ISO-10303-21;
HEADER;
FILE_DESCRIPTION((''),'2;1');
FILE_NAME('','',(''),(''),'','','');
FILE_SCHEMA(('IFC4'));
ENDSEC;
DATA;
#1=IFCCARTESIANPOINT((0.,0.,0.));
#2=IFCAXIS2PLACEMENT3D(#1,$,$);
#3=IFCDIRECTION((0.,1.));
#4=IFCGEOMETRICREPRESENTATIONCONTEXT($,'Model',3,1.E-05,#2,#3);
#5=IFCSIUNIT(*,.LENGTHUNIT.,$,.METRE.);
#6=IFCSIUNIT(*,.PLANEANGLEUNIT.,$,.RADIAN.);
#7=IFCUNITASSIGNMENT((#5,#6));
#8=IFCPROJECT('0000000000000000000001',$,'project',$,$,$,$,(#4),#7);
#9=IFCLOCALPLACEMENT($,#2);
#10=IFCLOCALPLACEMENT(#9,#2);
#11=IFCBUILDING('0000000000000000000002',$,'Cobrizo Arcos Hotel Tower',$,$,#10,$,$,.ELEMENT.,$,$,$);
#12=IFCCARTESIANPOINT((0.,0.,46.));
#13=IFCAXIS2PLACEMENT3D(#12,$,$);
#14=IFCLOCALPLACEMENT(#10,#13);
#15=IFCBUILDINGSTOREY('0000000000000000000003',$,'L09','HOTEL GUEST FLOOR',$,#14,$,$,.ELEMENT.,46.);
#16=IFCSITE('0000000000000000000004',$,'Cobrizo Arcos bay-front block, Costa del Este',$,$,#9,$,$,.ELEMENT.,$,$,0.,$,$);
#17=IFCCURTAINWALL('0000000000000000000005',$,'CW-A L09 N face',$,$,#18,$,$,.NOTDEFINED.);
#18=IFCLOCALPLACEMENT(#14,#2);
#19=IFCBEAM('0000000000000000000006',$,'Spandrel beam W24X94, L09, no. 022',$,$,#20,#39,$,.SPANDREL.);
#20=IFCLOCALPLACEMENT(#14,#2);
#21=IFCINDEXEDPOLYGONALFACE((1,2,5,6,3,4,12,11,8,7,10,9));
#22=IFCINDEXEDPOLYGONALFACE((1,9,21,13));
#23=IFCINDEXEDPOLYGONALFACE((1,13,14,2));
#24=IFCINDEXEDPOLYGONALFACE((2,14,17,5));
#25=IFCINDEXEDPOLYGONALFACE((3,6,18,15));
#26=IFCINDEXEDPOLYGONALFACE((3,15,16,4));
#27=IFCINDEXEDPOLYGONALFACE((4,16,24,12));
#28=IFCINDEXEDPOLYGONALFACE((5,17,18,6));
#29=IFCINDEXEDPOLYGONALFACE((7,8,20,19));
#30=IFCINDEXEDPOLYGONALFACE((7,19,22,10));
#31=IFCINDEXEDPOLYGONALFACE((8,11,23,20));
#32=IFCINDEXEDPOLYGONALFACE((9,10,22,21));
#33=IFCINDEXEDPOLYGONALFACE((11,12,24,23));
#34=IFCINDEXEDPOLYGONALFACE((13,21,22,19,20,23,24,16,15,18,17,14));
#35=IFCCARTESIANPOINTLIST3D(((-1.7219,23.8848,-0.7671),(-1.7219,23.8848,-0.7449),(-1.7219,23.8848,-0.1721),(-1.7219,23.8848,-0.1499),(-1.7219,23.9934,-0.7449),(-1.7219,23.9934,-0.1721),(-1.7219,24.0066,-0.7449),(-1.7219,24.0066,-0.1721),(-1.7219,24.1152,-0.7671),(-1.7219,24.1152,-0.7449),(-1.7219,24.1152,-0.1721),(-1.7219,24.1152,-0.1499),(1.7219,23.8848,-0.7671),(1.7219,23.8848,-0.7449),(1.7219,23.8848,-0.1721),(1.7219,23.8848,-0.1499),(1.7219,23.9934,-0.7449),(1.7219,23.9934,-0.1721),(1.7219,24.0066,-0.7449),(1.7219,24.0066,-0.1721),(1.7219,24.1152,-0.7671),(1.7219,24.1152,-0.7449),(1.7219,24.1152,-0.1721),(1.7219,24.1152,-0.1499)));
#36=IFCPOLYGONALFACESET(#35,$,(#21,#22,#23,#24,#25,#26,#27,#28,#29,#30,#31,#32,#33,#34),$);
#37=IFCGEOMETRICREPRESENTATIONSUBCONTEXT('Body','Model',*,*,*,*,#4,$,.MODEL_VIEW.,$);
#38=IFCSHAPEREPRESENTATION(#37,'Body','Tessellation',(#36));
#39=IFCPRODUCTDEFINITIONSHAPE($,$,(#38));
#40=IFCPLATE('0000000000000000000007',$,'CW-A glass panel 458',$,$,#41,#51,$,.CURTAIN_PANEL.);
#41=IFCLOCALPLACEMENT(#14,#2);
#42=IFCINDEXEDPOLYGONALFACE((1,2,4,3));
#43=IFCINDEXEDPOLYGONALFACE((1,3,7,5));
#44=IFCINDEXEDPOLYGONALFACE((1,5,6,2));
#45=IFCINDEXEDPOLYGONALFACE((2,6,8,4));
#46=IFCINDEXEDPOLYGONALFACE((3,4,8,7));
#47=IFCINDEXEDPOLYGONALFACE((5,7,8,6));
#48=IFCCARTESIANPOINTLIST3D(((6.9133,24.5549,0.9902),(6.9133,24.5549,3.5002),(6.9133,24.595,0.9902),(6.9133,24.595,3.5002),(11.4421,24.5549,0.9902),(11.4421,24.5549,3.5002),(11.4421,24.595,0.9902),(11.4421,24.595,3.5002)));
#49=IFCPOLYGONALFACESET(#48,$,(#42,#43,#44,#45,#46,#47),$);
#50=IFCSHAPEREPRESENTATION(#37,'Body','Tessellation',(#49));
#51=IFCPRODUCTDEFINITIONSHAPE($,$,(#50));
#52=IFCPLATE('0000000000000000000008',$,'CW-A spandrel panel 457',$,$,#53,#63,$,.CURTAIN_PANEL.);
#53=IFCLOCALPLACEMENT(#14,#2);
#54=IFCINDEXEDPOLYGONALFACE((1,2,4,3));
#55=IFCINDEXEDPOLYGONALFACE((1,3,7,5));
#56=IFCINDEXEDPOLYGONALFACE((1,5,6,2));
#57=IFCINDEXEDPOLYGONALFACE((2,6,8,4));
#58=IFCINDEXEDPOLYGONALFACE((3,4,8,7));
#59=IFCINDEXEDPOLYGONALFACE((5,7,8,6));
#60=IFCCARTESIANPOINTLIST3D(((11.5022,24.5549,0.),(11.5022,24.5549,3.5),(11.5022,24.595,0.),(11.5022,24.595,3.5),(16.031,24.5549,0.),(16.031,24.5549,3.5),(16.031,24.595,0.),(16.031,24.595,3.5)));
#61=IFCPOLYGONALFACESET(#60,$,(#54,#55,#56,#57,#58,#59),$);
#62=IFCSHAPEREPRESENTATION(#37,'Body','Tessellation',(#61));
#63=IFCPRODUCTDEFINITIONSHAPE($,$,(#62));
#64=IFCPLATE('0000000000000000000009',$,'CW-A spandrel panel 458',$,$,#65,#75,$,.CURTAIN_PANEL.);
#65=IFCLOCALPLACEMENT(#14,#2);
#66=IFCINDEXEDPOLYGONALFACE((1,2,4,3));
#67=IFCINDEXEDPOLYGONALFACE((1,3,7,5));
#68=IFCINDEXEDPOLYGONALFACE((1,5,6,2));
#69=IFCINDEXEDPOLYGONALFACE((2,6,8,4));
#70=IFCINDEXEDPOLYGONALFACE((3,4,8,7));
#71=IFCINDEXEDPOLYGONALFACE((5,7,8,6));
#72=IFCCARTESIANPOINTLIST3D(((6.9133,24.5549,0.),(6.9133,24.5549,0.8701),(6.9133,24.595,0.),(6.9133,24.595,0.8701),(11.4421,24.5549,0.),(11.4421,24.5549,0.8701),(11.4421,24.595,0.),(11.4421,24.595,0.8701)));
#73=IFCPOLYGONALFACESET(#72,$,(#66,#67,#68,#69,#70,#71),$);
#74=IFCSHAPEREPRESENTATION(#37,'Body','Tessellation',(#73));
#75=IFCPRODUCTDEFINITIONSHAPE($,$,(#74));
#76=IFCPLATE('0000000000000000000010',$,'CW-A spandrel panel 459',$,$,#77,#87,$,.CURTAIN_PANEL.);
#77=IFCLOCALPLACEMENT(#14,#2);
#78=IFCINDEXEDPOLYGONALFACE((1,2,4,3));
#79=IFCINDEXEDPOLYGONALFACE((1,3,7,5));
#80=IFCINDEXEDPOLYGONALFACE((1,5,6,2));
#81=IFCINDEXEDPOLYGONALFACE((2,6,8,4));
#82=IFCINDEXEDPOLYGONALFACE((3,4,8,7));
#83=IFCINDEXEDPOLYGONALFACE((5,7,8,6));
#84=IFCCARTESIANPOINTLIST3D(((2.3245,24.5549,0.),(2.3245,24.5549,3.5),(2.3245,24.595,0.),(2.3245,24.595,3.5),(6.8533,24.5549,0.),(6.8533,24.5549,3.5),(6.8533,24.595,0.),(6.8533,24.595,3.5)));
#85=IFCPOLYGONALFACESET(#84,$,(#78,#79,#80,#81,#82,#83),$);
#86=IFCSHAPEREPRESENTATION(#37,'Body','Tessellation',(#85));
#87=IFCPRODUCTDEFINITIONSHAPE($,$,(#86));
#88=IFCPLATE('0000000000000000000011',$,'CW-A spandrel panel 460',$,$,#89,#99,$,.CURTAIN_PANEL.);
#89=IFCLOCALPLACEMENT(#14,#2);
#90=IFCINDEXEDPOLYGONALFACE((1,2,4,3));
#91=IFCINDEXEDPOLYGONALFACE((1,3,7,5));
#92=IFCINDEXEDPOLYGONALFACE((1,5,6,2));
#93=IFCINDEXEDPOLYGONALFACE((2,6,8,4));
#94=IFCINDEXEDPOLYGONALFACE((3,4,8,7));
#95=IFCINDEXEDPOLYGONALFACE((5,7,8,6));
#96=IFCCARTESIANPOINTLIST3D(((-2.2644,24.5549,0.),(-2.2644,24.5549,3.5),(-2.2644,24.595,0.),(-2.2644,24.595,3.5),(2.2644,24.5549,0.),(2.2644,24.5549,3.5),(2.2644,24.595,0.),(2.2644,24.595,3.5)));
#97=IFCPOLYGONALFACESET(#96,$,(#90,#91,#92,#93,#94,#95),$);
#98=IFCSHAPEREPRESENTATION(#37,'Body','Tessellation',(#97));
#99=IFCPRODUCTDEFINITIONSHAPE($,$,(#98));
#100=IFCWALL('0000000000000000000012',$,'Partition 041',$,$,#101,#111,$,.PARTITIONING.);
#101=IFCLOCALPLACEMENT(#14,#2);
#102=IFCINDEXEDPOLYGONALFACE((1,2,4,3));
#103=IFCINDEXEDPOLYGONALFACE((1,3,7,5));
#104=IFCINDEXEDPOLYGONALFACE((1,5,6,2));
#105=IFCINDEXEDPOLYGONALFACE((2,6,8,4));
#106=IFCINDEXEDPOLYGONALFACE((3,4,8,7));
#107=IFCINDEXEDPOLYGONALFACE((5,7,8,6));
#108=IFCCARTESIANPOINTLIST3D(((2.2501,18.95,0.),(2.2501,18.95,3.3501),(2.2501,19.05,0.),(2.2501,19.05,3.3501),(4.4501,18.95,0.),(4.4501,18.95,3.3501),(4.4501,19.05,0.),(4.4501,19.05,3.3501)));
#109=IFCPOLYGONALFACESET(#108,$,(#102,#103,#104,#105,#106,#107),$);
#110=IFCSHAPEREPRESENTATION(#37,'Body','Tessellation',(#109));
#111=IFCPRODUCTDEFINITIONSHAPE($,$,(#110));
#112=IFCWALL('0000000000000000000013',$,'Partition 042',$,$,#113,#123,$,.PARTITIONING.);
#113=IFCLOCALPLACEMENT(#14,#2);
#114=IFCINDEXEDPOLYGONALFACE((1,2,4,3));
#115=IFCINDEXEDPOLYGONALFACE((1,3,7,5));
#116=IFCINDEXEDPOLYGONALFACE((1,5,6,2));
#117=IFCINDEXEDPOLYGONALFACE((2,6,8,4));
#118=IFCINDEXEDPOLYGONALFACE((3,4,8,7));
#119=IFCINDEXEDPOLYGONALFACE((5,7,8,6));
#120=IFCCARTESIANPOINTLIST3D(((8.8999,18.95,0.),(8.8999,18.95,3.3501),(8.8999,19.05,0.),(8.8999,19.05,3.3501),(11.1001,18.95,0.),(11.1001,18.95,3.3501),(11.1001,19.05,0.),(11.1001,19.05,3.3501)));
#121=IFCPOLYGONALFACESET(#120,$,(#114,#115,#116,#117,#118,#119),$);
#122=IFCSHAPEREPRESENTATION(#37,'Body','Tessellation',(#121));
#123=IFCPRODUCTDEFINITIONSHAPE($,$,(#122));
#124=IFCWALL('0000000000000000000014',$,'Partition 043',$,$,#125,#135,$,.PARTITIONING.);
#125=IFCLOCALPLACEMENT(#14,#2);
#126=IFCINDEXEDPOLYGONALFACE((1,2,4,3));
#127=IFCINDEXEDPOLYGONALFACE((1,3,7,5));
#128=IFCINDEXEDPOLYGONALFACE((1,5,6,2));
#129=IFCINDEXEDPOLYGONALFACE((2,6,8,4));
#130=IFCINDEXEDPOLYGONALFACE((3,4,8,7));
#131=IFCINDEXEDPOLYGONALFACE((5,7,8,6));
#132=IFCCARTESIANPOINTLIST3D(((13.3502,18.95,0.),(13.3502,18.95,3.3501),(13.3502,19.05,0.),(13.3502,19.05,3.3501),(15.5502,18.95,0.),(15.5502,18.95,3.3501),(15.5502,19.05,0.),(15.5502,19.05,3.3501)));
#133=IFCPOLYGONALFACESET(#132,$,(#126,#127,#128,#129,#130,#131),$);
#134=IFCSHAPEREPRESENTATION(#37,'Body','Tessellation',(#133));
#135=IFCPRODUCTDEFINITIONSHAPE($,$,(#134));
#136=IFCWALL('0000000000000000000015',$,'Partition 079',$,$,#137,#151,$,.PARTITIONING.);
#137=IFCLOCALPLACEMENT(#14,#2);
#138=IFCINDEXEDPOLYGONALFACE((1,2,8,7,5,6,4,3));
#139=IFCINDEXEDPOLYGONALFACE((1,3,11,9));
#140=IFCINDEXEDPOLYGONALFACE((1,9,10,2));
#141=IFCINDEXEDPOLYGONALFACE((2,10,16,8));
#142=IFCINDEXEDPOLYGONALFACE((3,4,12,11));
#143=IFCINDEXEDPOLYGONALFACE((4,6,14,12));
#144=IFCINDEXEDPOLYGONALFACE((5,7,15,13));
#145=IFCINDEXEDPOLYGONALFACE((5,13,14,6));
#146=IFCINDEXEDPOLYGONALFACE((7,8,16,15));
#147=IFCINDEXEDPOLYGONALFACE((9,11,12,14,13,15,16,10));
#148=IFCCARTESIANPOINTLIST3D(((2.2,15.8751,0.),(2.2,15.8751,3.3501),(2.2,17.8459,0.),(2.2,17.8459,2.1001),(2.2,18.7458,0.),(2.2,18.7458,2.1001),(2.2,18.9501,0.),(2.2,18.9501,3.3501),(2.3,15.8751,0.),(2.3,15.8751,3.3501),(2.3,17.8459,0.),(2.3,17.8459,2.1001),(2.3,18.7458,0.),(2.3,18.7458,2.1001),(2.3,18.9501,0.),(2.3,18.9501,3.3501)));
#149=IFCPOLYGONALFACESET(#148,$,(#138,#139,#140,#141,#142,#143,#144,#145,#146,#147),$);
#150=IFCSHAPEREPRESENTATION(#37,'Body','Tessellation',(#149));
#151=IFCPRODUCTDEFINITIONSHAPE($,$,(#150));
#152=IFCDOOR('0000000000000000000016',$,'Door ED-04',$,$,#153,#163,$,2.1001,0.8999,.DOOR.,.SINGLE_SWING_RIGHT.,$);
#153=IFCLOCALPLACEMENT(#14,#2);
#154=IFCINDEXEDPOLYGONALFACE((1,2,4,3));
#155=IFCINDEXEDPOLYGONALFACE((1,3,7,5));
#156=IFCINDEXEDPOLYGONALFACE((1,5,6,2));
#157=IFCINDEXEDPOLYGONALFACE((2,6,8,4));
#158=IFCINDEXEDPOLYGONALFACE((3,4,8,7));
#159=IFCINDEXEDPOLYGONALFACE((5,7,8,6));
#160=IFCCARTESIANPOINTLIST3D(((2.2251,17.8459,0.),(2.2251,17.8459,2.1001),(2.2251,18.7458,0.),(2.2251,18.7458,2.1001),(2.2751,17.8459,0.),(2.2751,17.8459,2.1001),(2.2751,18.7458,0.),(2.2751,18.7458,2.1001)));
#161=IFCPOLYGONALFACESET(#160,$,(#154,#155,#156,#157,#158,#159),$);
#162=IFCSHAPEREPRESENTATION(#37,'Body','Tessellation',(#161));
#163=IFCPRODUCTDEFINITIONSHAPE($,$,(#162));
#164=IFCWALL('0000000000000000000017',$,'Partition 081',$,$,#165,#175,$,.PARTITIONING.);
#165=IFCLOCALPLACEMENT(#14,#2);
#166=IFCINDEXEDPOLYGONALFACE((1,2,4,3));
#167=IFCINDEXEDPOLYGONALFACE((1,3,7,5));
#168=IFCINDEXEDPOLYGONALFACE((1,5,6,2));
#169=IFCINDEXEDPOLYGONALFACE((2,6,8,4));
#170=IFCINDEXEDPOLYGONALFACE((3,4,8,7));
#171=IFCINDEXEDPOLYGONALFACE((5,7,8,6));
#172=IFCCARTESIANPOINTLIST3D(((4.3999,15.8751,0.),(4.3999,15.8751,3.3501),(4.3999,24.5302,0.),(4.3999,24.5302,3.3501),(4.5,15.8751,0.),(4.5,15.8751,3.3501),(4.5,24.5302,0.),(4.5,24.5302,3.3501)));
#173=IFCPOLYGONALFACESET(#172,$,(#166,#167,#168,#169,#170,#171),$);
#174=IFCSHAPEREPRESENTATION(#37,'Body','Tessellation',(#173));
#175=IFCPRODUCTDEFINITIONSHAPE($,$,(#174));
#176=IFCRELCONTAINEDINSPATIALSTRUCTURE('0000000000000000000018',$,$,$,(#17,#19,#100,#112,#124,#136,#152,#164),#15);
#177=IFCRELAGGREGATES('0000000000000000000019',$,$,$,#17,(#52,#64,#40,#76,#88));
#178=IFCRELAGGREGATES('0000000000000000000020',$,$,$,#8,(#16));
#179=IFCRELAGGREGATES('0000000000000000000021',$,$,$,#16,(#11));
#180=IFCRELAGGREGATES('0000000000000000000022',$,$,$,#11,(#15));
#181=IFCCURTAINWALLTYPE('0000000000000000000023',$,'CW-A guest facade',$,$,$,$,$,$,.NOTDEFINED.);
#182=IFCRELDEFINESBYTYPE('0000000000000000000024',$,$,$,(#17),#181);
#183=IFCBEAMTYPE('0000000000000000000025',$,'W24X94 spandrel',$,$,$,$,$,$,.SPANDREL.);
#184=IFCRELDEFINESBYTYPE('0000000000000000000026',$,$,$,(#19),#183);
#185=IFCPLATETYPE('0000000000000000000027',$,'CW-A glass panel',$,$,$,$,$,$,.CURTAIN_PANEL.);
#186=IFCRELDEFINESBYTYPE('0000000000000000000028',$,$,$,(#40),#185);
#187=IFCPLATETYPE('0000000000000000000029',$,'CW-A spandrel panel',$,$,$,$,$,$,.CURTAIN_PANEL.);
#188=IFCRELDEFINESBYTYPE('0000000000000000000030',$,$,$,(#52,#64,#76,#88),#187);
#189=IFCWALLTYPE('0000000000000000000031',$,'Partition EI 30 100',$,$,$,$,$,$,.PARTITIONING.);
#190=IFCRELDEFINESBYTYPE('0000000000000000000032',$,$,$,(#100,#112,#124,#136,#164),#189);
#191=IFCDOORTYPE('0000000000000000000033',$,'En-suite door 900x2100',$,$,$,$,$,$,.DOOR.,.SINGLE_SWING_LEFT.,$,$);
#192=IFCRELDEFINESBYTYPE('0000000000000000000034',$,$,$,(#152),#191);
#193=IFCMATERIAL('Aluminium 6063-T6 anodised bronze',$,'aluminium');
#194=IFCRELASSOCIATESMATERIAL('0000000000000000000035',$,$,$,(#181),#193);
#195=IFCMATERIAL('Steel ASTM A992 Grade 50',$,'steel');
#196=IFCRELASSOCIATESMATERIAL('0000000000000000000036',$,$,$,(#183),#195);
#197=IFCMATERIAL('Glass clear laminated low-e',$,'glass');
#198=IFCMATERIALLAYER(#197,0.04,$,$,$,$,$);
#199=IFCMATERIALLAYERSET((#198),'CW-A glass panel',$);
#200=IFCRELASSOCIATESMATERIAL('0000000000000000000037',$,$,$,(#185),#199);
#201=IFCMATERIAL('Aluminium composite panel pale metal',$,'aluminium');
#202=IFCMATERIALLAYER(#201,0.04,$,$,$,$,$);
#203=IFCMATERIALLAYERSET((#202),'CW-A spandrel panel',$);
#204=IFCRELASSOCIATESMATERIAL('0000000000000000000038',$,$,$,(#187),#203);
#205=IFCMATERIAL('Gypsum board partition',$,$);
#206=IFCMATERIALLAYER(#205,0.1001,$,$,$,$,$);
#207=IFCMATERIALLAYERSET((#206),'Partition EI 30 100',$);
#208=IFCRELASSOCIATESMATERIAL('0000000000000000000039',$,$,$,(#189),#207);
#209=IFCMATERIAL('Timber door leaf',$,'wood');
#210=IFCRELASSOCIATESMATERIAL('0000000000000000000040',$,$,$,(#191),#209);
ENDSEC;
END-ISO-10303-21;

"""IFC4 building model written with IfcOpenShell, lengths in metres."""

from ifc_helpers import new_model, si_unit, direction, frame, frame_2d, origin, origin_2d, place, context, subcontext, project, spatial, rectangle, i_section, extrude, material, layer, layer_set, material_profile, profile_set, type_object, element, fill, aggregate, save


model = new_model("IFC4")

# Units and contexts
model_context = context("Model", 3, precision=1e-05, world=origin(), true_north=direction((0.0, 1.0)))
body_context = subcontext(model_context, "Body", "Model", "MODEL_VIEW")
ifc_project = project(units=[si_unit("LENGTHUNIT", "METRE"), si_unit("PLANEANGLEUNIT", "RADIAN")], contexts=[model_context])

# Site, building, storey
site_placement = place(None, origin())
site = spatial("IfcSite", under=ifc_project, at=site_placement, Name="Cobrizo Arcos bay-front block, Costa del Este", CompositionType="ELEMENT", RefElevation=0.0)
building_placement = place(site_placement, origin())
building = spatial("IfcBuilding", under=site, at=building_placement, Name="Cobrizo Arcos Hotel Tower", CompositionType="ELEMENT")
storey_placement = place(building_placement, frame((0.0, 0.0, 46.0)))
storey = spatial("IfcBuildingStorey", under=building, at=storey_placement, Name="L09", Description="HOTEL GUEST FLOOR", CompositionType="ELEMENT", Elevation=46.0)

# Curtain wall
ifc_material_1 = material(Name="Aluminium 6063-T6 anodised bronze", Category="aluminium")
curtain_wall_type = type_object("IfcCurtainWallType", Name="CW-A guest facade", PredefinedType="NOTDEFINED", material=ifc_material_1)
curtain_wall_placement = place(storey_placement, origin())
curtain_wall = element("IfcCurtainWall", 1, at=curtain_wall_placement, inside=storey, type_object=curtain_wall_type, Name="CW-A L09 N face", PredefinedType="NOTDEFINED")

# Beam
ifc_material_2 = material(Name="Steel ASTM A992 Grade 50", Category="steel")
ifc_material_profile_1 = material_profile(ifc_material_2, i_section(OverallWidth=0.2305, OverallDepth=0.6172, WebThickness=0.0132, FlangeThickness=0.0222, at=origin_2d()), Name="W24X94")
ifc_profile_set_1 = profile_set([ifc_material_profile_1], Name="Steel ASTM A992 Grade 50")
beam_type = type_object("IfcBeamType", Name="W24X94 spandrel", PredefinedType="SPANDREL", material=ifc_profile_set_1)
beam_1_placement = place(storey_placement, frame((1.7219, 24.0, -0.4585), z_axis=(-1.0, 0.0, 0.0), x_axis=(0.0, -1.0, 0.0)))
element("IfcBeam", 2, at=beam_1_placement, inside=storey, type_object=beam_type, Name="Spandrel beam W24X94, L09, no. 022", PredefinedType="SPANDREL", context=body_context, shape_type="SweptSolid", body=[
    extrude(i_section(OverallWidth=0.2305, OverallDepth=0.6172, WebThickness=0.0132, FlangeThickness=0.0222, at=origin_2d()), origin(), (0.0, 0.0, 1.0), 3.4438),
])

# Plates
ifc_material_3 = material(Name="Glass clear laminated low-e", Category="glass")
ifc_layer_1 = layer(ifc_material_3, 0.04)
ifc_layer_set_1 = layer_set([ifc_layer_1], Name="CW-A glass panel")
plate_type_1 = type_object("IfcPlateType", Name="CW-A glass panel", PredefinedType="CURTAIN_PANEL", material=ifc_layer_set_1)
plate_1_placement = place(storey_placement, frame((9.1777, 24.575, 0.9902), z_axis=(0.0, 0.0, 1.0), x_axis=(-1.0, 0.0, 0.0)))
plate_1 = element("IfcPlate", 3, at=plate_1_placement, type_object=plate_type_1, Name="CW-A glass panel 458", PredefinedType="CURTAIN_PANEL", context=body_context, shape_type="SweptSolid", body=[
    extrude(rectangle(XDim=4.5288, YDim=0.04, at=origin_2d()), origin(), (0.0, 0.0, 1.0), 2.51),
])
ifc_material_4 = material(Name="Aluminium composite panel pale metal", Category="aluminium")
ifc_layer_2 = layer(ifc_material_4, 0.04)
ifc_layer_set_2 = layer_set([ifc_layer_2], Name="CW-A spandrel panel")
plate_type_2 = type_object("IfcPlateType", Name="CW-A spandrel panel", PredefinedType="CURTAIN_PANEL", material=ifc_layer_set_2)
plate_2_placement = place(storey_placement, frame((13.7666, 24.575, 0.0), z_axis=(0.0, 0.0, 1.0), x_axis=(-1.0, 0.0, 0.0)))
plate_2 = element("IfcPlate", 4, at=plate_2_placement, type_object=plate_type_2, Name="CW-A spandrel panel 457", PredefinedType="CURTAIN_PANEL", context=body_context, shape_type="SweptSolid", body=[
    extrude(rectangle(XDim=4.5288, YDim=0.04, at=origin_2d()), origin(), (0.0, 0.0, 1.0), 3.5),
])
plate_3_placement = place(storey_placement, frame((9.1777, 24.575, 0.0), z_axis=(0.0, 0.0, 1.0), x_axis=(-1.0, 0.0, 0.0)))
plate_3 = element("IfcPlate", 5, at=plate_3_placement, type_object=plate_type_2, Name="CW-A spandrel panel 458", PredefinedType="CURTAIN_PANEL", context=body_context, shape_type="SweptSolid", body=[
    extrude(rectangle(XDim=4.5288, YDim=0.04, at=origin_2d()), origin(), (0.0, 0.0, 1.0), 0.8701),
])
plate_4_placement = place(storey_placement, frame((4.5889, 24.575, 0.0), z_axis=(0.0, 0.0, 1.0), x_axis=(-1.0, 0.0, 0.0)))
plate_4 = element("IfcPlate", 6, at=plate_4_placement, type_object=plate_type_2, Name="CW-A spandrel panel 459", PredefinedType="CURTAIN_PANEL", context=body_context, shape_type="SweptSolid", body=[
    extrude(rectangle(XDim=4.5288, YDim=0.04, at=origin_2d()), origin(), (0.0, 0.0, 1.0), 3.5),
])
plate_5_placement = place(storey_placement, frame((0.0, 24.575, 0.0), z_axis=(0.0, 0.0, 1.0), x_axis=(-1.0, 0.0, 0.0)))
plate_5 = element("IfcPlate", 7, at=plate_5_placement, type_object=plate_type_2, Name="CW-A spandrel panel 460", PredefinedType="CURTAIN_PANEL", context=body_context, shape_type="SweptSolid", body=[
    extrude(rectangle(XDim=4.5288, YDim=0.04, at=origin_2d()), origin(), (0.0, 0.0, 1.0), 3.5),
])
aggregate(curtain_wall, [plate_2, plate_3, plate_1, plate_4, plate_5])

# Walls
ifc_material_5 = material(Name="Gypsum board partition")
ifc_layer_3 = layer(ifc_material_5, 0.1001)
ifc_layer_set_3 = layer_set([ifc_layer_3], Name="Partition EI 30 100")
wall_type = type_object("IfcWallType", Name="Partition EI 30 100", PredefinedType="PARTITIONING", material=ifc_layer_set_3)
wall_1_placement = place(storey_placement, frame((2.25, 19.0, 0.0), z_axis=(0.0, 0.0, 1.0), x_axis=(1.0, 0.0, 0.0)))
element("IfcWall", 8, at=wall_1_placement, inside=storey, type_object=wall_type, Name="Partition 041", PredefinedType="PARTITIONING", context=body_context, shape_type="SweptSolid", body=[
    extrude(rectangle(XDim=2.2, YDim=0.1001, at=frame_2d((1.1001, 0.0))), origin(), (0.0, 0.0, 1.0), 3.3501),
])
wall_2_placement = place(storey_placement, frame((8.8999, 19.0, 0.0), z_axis=(0.0, 0.0, 1.0), x_axis=(1.0, 0.0, 0.0)))
element("IfcWall", 9, at=wall_2_placement, inside=storey, type_object=wall_type, Name="Partition 042", PredefinedType="PARTITIONING", context=body_context, shape_type="SweptSolid", body=[
    extrude(rectangle(XDim=2.2002, YDim=0.1001, at=frame_2d((1.1001, 0.0))), origin(), (0.0, 0.0, 1.0), 3.3501),
])
wall_3_placement = place(storey_placement, frame((13.3501, 19.0, 0.0), z_axis=(0.0, 0.0, 1.0), x_axis=(1.0, 0.0, 0.0)))
element("IfcWall", 10, at=wall_3_placement, inside=storey, type_object=wall_type, Name="Partition 043", PredefinedType="PARTITIONING", context=body_context, shape_type="SweptSolid", body=[
    extrude(rectangle(XDim=2.2, YDim=0.1001, at=frame_2d((1.1001, 0.0))), origin(), (0.0, 0.0, 1.0), 3.3501),
])

# Wall, opening, door
wall_4_placement = place(storey_placement, frame((2.25, 15.875, 0.0), z_axis=(0.0, 0.0, 1.0), x_axis=(0.0, 1.0, 0.0)))
wall_4 = element("IfcWall", 11, at=wall_4_placement, inside=storey, type_object=wall_type, Name="Partition 079", PredefinedType="PARTITIONING", context=body_context, shape_type="SweptSolid", body=[
    extrude(rectangle(XDim=3.075, YDim=0.1001, at=frame_2d((1.5376, 0.0))), origin(), (0.0, 0.0, 1.0), 3.3501),
])
opening_1_placement = place(wall_4_placement, frame((1.9709, 0.0, 0.0)))
opening_1 = element("IfcOpeningElement", 12, at=opening_1_placement, cuts=wall_4, PredefinedType="OPENING", context=body_context, shape_type="SweptSolid", body=[
    extrude(rectangle(XDim=0.8999, YDim=2.1001, at=frame_2d((0.45, 1.05))), frame((0.0, 0.062, 0.0), z_axis=(0.0, -1.0, 0.0), x_axis=(1.0, 0.0, 0.0)), (0.0, 0.0, 1.0), 0.124),
])
ifc_material_6 = material(Name="Timber door leaf", Category="wood")
door_type = type_object("IfcDoorType", Name="En-suite door 900x2100", OperationType="SINGLE_SWING_LEFT", PredefinedType="DOOR", material=ifc_material_6)
door_1_placement = place(opening_1_placement, origin())
door_1 = element("IfcDoor", 13, at=door_1_placement, inside=storey, type_object=door_type, Name="Door ED-04", OperationType="SINGLE_SWING_RIGHT", OverallHeight=2.1001, OverallWidth=0.8999, PredefinedType="DOOR", context=body_context, shape_type="SweptSolid", body=[
    extrude(rectangle(XDim=0.8999, YDim=2.1001, at=frame_2d((0.45, 1.05))), frame((0.0, 0.0249, 0.0), z_axis=(0.0, -1.0, 0.0), x_axis=(1.0, 0.0, 0.0)), (0.0, 0.0, 1.0), 0.05),
])
fill(opening_1, door_1)

# Wall
wall_5_placement = place(storey_placement, frame((4.45, 15.875, 0.0), z_axis=(0.0, 0.0, 1.0), x_axis=(0.0, 1.0, 0.0)))
element("IfcWall", 14, at=wall_5_placement, inside=storey, type_object=wall_type, Name="Partition 081", PredefinedType="PARTITIONING", context=body_context, shape_type="SweptSolid", body=[
    extrude(rectangle(XDim=8.655, YDim=0.1001, at=frame_2d((4.3276, 0.0))), origin(), (0.0, 0.0, 1.0), 3.3501),
])

save(model, "model.ifc")
